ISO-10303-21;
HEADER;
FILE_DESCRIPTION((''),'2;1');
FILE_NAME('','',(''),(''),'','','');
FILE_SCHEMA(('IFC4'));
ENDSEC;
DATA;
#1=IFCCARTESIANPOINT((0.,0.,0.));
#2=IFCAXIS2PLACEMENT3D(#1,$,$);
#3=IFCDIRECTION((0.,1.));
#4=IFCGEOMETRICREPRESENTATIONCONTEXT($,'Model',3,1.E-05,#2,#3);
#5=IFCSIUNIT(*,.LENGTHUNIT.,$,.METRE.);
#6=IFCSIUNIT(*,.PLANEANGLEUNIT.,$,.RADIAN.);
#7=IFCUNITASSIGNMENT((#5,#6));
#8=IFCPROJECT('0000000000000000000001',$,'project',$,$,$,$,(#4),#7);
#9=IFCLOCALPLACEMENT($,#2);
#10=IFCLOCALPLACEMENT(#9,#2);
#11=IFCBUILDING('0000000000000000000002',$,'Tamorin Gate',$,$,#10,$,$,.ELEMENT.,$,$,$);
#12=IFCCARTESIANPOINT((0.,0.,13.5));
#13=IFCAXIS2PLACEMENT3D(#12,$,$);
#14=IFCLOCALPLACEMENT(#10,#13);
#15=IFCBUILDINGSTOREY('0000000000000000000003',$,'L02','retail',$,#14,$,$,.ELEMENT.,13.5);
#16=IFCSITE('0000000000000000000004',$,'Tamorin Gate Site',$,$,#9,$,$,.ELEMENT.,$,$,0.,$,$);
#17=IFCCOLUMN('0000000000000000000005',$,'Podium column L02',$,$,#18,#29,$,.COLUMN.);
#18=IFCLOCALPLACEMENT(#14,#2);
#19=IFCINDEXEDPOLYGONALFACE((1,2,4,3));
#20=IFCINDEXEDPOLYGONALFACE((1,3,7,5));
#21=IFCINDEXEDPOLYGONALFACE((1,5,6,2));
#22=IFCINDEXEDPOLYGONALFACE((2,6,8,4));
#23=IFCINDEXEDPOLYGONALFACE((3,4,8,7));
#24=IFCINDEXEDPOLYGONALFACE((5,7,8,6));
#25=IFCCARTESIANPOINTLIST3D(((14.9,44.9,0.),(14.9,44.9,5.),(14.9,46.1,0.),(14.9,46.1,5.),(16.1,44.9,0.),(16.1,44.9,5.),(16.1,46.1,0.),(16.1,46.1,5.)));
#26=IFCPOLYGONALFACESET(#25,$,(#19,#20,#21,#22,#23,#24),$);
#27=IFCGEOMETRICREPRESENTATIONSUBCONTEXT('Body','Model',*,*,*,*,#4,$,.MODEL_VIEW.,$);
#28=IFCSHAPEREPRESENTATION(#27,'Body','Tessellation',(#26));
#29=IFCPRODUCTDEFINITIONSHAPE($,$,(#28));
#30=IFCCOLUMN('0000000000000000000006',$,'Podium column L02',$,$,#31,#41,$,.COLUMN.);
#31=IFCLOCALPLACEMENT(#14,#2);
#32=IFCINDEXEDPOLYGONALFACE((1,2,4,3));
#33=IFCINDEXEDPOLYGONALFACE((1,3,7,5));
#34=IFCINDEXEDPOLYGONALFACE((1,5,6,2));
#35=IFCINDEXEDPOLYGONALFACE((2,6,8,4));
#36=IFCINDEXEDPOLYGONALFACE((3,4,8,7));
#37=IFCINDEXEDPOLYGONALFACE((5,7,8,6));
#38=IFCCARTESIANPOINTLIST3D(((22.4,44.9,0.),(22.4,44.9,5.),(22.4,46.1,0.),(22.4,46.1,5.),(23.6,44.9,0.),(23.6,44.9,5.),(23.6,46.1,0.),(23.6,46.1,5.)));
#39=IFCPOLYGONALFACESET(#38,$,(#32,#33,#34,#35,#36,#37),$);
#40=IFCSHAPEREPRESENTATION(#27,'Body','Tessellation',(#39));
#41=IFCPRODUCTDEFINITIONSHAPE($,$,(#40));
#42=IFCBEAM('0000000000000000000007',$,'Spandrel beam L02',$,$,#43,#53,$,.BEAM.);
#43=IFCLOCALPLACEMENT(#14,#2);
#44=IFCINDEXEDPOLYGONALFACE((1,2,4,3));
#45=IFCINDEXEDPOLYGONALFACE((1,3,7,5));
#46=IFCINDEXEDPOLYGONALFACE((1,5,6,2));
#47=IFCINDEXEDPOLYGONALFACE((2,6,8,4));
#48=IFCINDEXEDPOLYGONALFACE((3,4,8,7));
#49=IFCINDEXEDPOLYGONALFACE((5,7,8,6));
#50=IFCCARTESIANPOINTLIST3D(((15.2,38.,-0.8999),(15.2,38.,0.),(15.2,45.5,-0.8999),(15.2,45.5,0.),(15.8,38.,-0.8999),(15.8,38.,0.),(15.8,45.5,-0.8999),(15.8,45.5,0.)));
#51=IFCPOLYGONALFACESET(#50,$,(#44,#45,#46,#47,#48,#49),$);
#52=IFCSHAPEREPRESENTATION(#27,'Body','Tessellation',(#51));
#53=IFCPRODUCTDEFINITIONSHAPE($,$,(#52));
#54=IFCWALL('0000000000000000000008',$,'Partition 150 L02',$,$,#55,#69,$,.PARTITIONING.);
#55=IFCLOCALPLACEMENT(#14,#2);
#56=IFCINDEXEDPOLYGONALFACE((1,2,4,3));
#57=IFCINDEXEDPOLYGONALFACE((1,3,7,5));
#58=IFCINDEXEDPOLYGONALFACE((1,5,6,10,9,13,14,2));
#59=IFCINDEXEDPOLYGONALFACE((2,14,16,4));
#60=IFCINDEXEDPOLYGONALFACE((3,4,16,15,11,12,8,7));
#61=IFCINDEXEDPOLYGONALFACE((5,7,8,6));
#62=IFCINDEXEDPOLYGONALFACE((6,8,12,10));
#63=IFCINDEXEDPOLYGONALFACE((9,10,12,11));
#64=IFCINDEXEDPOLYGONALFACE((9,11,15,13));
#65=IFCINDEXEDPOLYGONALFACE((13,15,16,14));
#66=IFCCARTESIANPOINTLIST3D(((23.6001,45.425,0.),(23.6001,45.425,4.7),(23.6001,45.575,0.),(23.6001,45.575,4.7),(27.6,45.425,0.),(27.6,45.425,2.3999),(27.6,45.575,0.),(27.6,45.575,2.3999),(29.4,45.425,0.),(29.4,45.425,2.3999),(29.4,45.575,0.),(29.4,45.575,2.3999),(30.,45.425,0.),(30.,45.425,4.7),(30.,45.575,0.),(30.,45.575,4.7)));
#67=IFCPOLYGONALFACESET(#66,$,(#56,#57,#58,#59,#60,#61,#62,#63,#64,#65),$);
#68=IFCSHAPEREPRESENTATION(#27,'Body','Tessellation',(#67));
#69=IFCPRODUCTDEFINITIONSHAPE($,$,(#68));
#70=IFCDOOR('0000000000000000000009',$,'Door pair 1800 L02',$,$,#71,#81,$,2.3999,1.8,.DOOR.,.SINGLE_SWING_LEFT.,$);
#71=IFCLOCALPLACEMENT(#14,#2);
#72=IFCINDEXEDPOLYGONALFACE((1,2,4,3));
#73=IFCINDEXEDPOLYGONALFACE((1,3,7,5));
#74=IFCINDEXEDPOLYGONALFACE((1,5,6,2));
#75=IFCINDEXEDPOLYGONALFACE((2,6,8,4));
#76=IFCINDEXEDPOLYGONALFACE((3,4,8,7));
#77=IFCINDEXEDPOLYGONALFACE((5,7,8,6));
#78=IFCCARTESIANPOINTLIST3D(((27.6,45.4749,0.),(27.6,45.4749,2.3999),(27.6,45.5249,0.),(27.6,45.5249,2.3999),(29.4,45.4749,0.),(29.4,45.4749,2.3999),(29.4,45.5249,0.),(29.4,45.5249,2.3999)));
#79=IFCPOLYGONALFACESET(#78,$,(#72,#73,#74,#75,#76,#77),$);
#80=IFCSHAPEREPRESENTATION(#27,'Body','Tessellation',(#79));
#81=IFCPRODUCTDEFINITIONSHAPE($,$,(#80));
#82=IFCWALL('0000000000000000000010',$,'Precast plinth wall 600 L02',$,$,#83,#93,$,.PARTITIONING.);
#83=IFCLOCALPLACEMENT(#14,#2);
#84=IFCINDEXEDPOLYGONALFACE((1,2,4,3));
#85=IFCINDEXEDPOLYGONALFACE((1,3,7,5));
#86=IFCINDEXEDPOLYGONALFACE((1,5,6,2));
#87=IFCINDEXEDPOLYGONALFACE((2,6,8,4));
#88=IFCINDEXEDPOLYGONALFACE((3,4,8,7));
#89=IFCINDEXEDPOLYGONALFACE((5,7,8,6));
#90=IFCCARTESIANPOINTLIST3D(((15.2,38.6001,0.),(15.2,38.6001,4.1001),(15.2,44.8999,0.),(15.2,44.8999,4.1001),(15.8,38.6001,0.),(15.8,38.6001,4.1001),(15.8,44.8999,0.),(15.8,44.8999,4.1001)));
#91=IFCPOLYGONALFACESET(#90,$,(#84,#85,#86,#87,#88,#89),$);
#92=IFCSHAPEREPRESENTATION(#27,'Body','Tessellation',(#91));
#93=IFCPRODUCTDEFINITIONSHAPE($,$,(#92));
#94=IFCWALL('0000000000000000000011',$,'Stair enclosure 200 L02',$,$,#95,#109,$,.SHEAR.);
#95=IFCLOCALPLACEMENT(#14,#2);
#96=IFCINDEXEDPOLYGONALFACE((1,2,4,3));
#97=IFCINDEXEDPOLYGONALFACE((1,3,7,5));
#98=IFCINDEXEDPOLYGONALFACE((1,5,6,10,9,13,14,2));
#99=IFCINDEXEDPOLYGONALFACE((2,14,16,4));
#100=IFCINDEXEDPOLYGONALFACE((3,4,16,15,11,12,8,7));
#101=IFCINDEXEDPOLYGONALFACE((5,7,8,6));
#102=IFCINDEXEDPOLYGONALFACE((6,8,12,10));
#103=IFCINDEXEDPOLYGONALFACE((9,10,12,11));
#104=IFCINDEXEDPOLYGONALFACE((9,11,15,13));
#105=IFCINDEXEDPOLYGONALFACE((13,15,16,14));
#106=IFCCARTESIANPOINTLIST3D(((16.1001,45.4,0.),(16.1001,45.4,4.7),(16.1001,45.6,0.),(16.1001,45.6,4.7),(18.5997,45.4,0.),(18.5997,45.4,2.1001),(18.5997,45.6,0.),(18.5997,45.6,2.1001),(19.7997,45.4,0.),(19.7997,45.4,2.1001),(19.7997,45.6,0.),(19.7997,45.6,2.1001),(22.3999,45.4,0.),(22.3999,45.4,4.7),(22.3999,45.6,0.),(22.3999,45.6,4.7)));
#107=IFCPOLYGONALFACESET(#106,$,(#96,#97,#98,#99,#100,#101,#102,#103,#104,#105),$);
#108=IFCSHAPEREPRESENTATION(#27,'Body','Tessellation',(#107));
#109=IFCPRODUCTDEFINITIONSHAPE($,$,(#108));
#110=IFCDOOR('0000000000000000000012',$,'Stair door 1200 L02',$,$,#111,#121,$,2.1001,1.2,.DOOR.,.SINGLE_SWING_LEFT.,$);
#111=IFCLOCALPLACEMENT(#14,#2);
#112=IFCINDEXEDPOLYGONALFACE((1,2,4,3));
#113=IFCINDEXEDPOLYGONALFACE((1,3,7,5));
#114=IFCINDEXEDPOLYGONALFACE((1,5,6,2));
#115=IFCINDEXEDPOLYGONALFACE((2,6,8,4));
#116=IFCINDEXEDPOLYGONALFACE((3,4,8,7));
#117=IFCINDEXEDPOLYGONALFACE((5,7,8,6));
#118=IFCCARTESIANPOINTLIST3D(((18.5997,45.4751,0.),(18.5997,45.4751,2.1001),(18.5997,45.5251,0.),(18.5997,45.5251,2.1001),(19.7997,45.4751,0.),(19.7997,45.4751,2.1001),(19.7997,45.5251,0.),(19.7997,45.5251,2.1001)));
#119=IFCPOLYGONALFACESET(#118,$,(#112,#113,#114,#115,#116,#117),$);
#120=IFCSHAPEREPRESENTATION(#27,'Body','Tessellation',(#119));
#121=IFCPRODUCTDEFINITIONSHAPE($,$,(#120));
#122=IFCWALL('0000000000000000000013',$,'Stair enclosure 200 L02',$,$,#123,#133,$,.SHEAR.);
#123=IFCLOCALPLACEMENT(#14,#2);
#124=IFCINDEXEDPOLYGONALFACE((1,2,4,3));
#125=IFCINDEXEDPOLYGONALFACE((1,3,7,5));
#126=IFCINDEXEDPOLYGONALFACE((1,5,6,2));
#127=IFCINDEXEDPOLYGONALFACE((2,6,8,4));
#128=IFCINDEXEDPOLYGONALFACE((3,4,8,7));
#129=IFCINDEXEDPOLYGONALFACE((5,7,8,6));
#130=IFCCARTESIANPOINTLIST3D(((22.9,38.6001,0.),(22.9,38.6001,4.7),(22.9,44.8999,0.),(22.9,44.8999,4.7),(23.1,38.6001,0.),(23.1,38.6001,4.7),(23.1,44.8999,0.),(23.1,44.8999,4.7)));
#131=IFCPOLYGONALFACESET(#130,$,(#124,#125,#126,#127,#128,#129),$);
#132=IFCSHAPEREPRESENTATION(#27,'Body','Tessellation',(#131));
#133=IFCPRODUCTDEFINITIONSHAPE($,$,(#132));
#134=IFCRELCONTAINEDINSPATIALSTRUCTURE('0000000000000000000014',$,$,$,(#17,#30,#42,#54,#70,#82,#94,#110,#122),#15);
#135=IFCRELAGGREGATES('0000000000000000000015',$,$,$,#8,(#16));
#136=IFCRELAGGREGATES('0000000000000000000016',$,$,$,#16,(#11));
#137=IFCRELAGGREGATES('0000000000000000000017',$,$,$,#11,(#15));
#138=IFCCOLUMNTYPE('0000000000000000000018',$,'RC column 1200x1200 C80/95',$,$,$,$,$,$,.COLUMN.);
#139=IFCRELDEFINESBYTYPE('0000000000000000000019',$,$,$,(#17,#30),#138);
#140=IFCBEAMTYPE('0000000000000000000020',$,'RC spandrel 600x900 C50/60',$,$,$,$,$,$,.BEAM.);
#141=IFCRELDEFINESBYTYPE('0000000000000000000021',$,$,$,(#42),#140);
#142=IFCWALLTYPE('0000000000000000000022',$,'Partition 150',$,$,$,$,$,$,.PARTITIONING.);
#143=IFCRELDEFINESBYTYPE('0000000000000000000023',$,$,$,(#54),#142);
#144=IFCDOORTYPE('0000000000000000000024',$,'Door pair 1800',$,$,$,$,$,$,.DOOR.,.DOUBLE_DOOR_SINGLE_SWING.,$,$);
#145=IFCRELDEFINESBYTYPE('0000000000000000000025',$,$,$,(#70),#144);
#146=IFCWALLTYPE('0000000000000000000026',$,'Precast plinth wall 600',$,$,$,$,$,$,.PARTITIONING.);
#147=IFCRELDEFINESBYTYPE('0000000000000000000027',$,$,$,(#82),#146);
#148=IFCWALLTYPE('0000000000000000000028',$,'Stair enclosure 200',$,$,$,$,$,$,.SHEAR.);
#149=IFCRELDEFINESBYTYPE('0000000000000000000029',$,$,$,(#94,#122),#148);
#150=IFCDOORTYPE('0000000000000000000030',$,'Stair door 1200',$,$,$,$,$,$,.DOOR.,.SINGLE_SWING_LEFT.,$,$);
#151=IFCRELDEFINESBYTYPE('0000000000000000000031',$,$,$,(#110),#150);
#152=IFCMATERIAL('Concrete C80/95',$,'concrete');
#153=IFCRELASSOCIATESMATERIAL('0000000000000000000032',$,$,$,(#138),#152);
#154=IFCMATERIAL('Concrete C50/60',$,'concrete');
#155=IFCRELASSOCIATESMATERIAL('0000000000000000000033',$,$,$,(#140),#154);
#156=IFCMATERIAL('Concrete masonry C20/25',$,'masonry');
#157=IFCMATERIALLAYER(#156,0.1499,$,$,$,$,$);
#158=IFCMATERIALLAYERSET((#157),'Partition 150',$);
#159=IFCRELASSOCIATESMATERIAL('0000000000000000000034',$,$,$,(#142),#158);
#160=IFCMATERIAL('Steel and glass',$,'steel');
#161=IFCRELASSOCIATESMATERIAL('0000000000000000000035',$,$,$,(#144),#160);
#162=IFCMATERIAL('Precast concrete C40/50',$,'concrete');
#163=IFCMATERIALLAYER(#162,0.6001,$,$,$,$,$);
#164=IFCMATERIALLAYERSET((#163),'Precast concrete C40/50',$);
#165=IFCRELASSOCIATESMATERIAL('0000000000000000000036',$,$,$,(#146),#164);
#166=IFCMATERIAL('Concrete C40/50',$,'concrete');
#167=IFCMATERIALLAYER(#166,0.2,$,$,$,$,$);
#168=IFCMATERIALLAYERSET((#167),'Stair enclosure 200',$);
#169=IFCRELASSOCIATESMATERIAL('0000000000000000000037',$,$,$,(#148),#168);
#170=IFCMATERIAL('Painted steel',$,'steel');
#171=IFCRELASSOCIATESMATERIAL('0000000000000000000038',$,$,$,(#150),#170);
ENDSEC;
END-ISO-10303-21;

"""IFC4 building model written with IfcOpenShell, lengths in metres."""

from ifc_helpers import new_model, si_unit, direction, frame, frame_2d, origin, origin_2d, place, context, subcontext, project, spatial, rectangle, extrude, material, layer, layer_set, material_profile, profile_set, type_object, element, fill, save


model = new_model("IFC4")

# Units and contexts
model_context = context("Model", 3, precision=1e-05, world=origin(), true_north=direction((0.0, 1.0)))
body_context = subcontext(model_context, "Body", "Model", "MODEL_VIEW")
ifc_project = project(units=[si_unit("LENGTHUNIT", "METRE"), si_unit("PLANEANGLEUNIT", "RADIAN")], contexts=[model_context])

# Site, building, storey
site_placement = place(None, origin())
site = spatial("IfcSite", under=ifc_project, at=site_placement, Name="Tamorin Gate Site", CompositionType="ELEMENT", RefElevation=0.0)
building_placement = place(site_placement, origin())
building = spatial("IfcBuilding", under=site, at=building_placement, Name="Tamorin Gate", CompositionType="ELEMENT")
storey_placement = place(building_placement, frame((0.0, 0.0, 13.5)))
storey = spatial("IfcBuildingStorey", under=building, at=storey_placement, Name="L02", Description="retail", CompositionType="ELEMENT", Elevation=13.5)

# Columns
ifc_material_1 = material(Name="Concrete C80/95", Category="concrete")
ifc_material_profile_1 = material_profile(ifc_material_1, rectangle(XDim=1.2, YDim=1.2, at=origin_2d()), Name="RC 1200x1200")
ifc_profile_set_1 = profile_set([ifc_material_profile_1], Name="Concrete C80/95")
column_type = type_object("IfcColumnType", Name="RC column 1200x1200 C80/95", PredefinedType="COLUMN", material=ifc_profile_set_1)
for number, where, z_axis, x_axis, name in (
    (1, (15.5, 45.5, 0.0), (0.0, 0.0, 1.0), (1.0, 0.0, 0.0), "Podium column L02"),
    (2, (23.0, 45.5, 0.0), (0.0, 0.0, 1.0), (1.0, 0.0, 0.0), "Podium column L02"),
):
    element("IfcColumn", number, at=place(storey_placement, frame(where, z_axis=z_axis, x_axis=x_axis)), inside=storey, type_object=column_type, Name=name, PredefinedType="COLUMN", context=body_context, shape_type="SweptSolid", body=[
        extrude(rectangle(XDim=1.2, YDim=1.2, at=origin_2d()), origin(), (0.0, 0.0, 1.0), 5.0),
    ])

# Beam
ifc_material_2 = material(Name="Concrete C50/60", Category="concrete")
ifc_material_profile_2 = material_profile(ifc_material_2, rectangle(XDim=0.6001, YDim=0.8999, at=origin_2d()), Name="RC 600x900")
ifc_profile_set_2 = profile_set([ifc_material_profile_2], Name="Concrete C50/60")
beam_type = type_object("IfcBeamType", Name="RC spandrel 600x900 C50/60", PredefinedType="BEAM", material=ifc_profile_set_2)
beam_placement = place(storey_placement, frame((15.5, 45.5, -0.45), z_axis=(0.0, -1.0, 0.0), x_axis=(1.0, 0.0, 0.0)))
element("IfcBeam", 3, at=beam_placement, inside=storey, type_object=beam_type, Name="Spandrel beam L02", PredefinedType="BEAM", context=body_context, shape_type="SweptSolid", body=[
    extrude(rectangle(XDim=0.6001, YDim=0.8999, at=origin_2d()), origin(), (0.0, 0.0, 1.0), 7.5),
])

# Wall, opening, door
ifc_material_3 = material(Name="Concrete masonry C20/25", Category="masonry")
ifc_layer_1 = layer(ifc_material_3, 0.1499)
ifc_layer_set_1 = layer_set([ifc_layer_1], Name="Partition 150")
wall_type_1 = type_object("IfcWallType", Name="Partition 150", PredefinedType="PARTITIONING", material=ifc_layer_set_1)
wall_1_placement = place(storey_placement, frame((23.6001, 45.5, 0.0), z_axis=(0.0, 0.0, 1.0), x_axis=(1.0, 0.0, 0.0)))
wall_1 = element("IfcWall", 4, at=wall_1_placement, inside=storey, type_object=wall_type_1, Name="Partition 150 L02", PredefinedType="PARTITIONING", context=body_context, shape_type="SweptSolid", body=[
    extrude(rectangle(XDim=6.3999, YDim=0.1499, at=frame_2d((3.2, 0.0))), origin(), (0.0, 0.0, 1.0), 4.7),
])
opening_1_placement = place(wall_1_placement, frame((4.0, 0.0, 0.0)))
opening_1 = element("IfcOpeningElement", 5, at=opening_1_placement, cuts=wall_1, PredefinedType="OPENING", context=body_context, shape_type="SweptSolid", body=[
    extrude(rectangle(XDim=1.8, YDim=2.3999, at=frame_2d((0.8999, 1.2))), frame((0.0, 0.085, 0.0), z_axis=(0.0, -1.0, 0.0), x_axis=(1.0, 0.0, 0.0)), (0.0, 0.0, 1.0), 0.1699),
])
ifc_material_4 = material(Name="Steel and glass", Category="steel")
door_type_1 = type_object("IfcDoorType", Name="Door pair 1800", OperationType="DOUBLE_DOOR_SINGLE_SWING", PredefinedType="DOOR", material=ifc_material_4)
door_1_placement = place(opening_1_placement, origin())
door_1 = element("IfcDoor", 6, at=door_1_placement, inside=storey, type_object=door_type_1, Name="Door pair 1800 L02", OperationType="SINGLE_SWING_LEFT", OverallHeight=2.3999, OverallWidth=1.8, PredefinedType="DOOR", context=body_context, shape_type="SweptSolid", body=[
    extrude(rectangle(XDim=1.8, YDim=2.3999, at=frame_2d((0.8999, 1.2))), frame((0.0, 0.0249, 0.0), z_axis=(0.0, -1.0, 0.0), x_axis=(1.0, 0.0, 0.0)), (0.0, 0.0, 1.0), 0.05),
])
fill(opening_1, door_1)

# Wall
ifc_material_5 = material(Name="Precast concrete C40/50", Category="concrete")
ifc_layer_2 = layer(ifc_material_5, 0.6001)
ifc_layer_set_2 = layer_set([ifc_layer_2], Name="Precast concrete C40/50")
wall_type_2 = type_object("IfcWallType", Name="Precast plinth wall 600", PredefinedType="PARTITIONING", material=ifc_layer_set_2)
wall_2_placement = place(storey_placement, frame((15.5, 38.6001, 0.0), z_axis=(0.0, 0.0, 1.0), x_axis=(0.0, 1.0, 0.0)))
element("IfcWall", 7, at=wall_2_placement, inside=storey, type_object=wall_type_2, Name="Precast plinth wall 600 L02", PredefinedType="PARTITIONING", context=body_context, shape_type="SweptSolid", body=[
    extrude(rectangle(XDim=6.2998, YDim=0.6001, at=frame_2d((3.1499, 0.0))), origin(), (0.0, 0.0, 1.0), 4.1001),
])

# Wall, opening, door
ifc_material_6 = material(Name="Concrete C40/50", Category="concrete")
ifc_layer_3 = layer(ifc_material_6, 0.2)
ifc_layer_set_3 = layer_set([ifc_layer_3], Name="Stair enclosure 200")
wall_type_3 = type_object("IfcWallType", Name="Stair enclosure 200", PredefinedType="SHEAR", material=ifc_layer_set_3)
wall_3_placement = place(storey_placement, frame((22.3999, 45.5, 0.0), z_axis=(0.0, 0.0, 1.0), x_axis=(-1.0, 0.0, 0.0)))
wall_3 = element("IfcWall", 8, at=wall_3_placement, inside=storey, type_object=wall_type_3, Name="Stair enclosure 200 L02", PredefinedType="SHEAR", context=body_context, shape_type="SweptSolid", body=[
    extrude(rectangle(XDim=6.2998, YDim=0.2, at=frame_2d((3.1499, 0.0))), origin(), (0.0, 0.0, 1.0), 4.7),
])
opening_2_placement = place(wall_3_placement, frame((2.6001, 0.0, 0.0)))
opening_2 = element("IfcOpeningElement", 9, at=opening_2_placement, cuts=wall_3, PredefinedType="OPENING", context=body_context, shape_type="SweptSolid", body=[
    extrude(rectangle(XDim=1.2, YDim=2.1001, at=frame_2d((0.6001, 1.05))), frame((0.0, 0.1099, 0.0), z_axis=(0.0, -1.0, 0.0), x_axis=(1.0, 0.0, 0.0)), (0.0, 0.0, 1.0), 0.22),
])
ifc_material_7 = material(Name="Painted steel", Category="steel")
door_type_2 = type_object("IfcDoorType", Name="Stair door 1200", OperationType="SINGLE_SWING_LEFT", PredefinedType="DOOR", material=ifc_material_7)
door_2_placement = place(opening_2_placement, origin())
door_2 = element("IfcDoor", 10, at=door_2_placement, inside=storey, type_object=door_type_2, Name="Stair door 1200 L02", OperationType="SINGLE_SWING_LEFT", OverallHeight=2.1001, OverallWidth=1.2, PredefinedType="DOOR", context=body_context, shape_type="SweptSolid", body=[
    extrude(rectangle(XDim=1.2, YDim=2.1001, at=frame_2d((0.6001, 1.05))), frame((0.0, 0.0249, 0.0), z_axis=(0.0, -1.0, 0.0), x_axis=(1.0, 0.0, 0.0)), (0.0, 0.0, 1.0), 0.05),
])
fill(opening_2, door_2)

# Wall
wall_4_placement = place(storey_placement, frame((23.0, 38.6001, 0.0), z_axis=(0.0, 0.0, 1.0), x_axis=(0.0, 1.0, 0.0)))
element("IfcWall", 11, at=wall_4_placement, inside=storey, type_object=wall_type_3, Name="Stair enclosure 200 L02", PredefinedType="SHEAR", context=body_context, shape_type="SweptSolid", body=[
    extrude(rectangle(XDim=6.2998, YDim=0.2, at=frame_2d((3.1499, 0.0))), origin(), (0.0, 0.0, 1.0), 4.7),
])

save(model, "model.ifc")
